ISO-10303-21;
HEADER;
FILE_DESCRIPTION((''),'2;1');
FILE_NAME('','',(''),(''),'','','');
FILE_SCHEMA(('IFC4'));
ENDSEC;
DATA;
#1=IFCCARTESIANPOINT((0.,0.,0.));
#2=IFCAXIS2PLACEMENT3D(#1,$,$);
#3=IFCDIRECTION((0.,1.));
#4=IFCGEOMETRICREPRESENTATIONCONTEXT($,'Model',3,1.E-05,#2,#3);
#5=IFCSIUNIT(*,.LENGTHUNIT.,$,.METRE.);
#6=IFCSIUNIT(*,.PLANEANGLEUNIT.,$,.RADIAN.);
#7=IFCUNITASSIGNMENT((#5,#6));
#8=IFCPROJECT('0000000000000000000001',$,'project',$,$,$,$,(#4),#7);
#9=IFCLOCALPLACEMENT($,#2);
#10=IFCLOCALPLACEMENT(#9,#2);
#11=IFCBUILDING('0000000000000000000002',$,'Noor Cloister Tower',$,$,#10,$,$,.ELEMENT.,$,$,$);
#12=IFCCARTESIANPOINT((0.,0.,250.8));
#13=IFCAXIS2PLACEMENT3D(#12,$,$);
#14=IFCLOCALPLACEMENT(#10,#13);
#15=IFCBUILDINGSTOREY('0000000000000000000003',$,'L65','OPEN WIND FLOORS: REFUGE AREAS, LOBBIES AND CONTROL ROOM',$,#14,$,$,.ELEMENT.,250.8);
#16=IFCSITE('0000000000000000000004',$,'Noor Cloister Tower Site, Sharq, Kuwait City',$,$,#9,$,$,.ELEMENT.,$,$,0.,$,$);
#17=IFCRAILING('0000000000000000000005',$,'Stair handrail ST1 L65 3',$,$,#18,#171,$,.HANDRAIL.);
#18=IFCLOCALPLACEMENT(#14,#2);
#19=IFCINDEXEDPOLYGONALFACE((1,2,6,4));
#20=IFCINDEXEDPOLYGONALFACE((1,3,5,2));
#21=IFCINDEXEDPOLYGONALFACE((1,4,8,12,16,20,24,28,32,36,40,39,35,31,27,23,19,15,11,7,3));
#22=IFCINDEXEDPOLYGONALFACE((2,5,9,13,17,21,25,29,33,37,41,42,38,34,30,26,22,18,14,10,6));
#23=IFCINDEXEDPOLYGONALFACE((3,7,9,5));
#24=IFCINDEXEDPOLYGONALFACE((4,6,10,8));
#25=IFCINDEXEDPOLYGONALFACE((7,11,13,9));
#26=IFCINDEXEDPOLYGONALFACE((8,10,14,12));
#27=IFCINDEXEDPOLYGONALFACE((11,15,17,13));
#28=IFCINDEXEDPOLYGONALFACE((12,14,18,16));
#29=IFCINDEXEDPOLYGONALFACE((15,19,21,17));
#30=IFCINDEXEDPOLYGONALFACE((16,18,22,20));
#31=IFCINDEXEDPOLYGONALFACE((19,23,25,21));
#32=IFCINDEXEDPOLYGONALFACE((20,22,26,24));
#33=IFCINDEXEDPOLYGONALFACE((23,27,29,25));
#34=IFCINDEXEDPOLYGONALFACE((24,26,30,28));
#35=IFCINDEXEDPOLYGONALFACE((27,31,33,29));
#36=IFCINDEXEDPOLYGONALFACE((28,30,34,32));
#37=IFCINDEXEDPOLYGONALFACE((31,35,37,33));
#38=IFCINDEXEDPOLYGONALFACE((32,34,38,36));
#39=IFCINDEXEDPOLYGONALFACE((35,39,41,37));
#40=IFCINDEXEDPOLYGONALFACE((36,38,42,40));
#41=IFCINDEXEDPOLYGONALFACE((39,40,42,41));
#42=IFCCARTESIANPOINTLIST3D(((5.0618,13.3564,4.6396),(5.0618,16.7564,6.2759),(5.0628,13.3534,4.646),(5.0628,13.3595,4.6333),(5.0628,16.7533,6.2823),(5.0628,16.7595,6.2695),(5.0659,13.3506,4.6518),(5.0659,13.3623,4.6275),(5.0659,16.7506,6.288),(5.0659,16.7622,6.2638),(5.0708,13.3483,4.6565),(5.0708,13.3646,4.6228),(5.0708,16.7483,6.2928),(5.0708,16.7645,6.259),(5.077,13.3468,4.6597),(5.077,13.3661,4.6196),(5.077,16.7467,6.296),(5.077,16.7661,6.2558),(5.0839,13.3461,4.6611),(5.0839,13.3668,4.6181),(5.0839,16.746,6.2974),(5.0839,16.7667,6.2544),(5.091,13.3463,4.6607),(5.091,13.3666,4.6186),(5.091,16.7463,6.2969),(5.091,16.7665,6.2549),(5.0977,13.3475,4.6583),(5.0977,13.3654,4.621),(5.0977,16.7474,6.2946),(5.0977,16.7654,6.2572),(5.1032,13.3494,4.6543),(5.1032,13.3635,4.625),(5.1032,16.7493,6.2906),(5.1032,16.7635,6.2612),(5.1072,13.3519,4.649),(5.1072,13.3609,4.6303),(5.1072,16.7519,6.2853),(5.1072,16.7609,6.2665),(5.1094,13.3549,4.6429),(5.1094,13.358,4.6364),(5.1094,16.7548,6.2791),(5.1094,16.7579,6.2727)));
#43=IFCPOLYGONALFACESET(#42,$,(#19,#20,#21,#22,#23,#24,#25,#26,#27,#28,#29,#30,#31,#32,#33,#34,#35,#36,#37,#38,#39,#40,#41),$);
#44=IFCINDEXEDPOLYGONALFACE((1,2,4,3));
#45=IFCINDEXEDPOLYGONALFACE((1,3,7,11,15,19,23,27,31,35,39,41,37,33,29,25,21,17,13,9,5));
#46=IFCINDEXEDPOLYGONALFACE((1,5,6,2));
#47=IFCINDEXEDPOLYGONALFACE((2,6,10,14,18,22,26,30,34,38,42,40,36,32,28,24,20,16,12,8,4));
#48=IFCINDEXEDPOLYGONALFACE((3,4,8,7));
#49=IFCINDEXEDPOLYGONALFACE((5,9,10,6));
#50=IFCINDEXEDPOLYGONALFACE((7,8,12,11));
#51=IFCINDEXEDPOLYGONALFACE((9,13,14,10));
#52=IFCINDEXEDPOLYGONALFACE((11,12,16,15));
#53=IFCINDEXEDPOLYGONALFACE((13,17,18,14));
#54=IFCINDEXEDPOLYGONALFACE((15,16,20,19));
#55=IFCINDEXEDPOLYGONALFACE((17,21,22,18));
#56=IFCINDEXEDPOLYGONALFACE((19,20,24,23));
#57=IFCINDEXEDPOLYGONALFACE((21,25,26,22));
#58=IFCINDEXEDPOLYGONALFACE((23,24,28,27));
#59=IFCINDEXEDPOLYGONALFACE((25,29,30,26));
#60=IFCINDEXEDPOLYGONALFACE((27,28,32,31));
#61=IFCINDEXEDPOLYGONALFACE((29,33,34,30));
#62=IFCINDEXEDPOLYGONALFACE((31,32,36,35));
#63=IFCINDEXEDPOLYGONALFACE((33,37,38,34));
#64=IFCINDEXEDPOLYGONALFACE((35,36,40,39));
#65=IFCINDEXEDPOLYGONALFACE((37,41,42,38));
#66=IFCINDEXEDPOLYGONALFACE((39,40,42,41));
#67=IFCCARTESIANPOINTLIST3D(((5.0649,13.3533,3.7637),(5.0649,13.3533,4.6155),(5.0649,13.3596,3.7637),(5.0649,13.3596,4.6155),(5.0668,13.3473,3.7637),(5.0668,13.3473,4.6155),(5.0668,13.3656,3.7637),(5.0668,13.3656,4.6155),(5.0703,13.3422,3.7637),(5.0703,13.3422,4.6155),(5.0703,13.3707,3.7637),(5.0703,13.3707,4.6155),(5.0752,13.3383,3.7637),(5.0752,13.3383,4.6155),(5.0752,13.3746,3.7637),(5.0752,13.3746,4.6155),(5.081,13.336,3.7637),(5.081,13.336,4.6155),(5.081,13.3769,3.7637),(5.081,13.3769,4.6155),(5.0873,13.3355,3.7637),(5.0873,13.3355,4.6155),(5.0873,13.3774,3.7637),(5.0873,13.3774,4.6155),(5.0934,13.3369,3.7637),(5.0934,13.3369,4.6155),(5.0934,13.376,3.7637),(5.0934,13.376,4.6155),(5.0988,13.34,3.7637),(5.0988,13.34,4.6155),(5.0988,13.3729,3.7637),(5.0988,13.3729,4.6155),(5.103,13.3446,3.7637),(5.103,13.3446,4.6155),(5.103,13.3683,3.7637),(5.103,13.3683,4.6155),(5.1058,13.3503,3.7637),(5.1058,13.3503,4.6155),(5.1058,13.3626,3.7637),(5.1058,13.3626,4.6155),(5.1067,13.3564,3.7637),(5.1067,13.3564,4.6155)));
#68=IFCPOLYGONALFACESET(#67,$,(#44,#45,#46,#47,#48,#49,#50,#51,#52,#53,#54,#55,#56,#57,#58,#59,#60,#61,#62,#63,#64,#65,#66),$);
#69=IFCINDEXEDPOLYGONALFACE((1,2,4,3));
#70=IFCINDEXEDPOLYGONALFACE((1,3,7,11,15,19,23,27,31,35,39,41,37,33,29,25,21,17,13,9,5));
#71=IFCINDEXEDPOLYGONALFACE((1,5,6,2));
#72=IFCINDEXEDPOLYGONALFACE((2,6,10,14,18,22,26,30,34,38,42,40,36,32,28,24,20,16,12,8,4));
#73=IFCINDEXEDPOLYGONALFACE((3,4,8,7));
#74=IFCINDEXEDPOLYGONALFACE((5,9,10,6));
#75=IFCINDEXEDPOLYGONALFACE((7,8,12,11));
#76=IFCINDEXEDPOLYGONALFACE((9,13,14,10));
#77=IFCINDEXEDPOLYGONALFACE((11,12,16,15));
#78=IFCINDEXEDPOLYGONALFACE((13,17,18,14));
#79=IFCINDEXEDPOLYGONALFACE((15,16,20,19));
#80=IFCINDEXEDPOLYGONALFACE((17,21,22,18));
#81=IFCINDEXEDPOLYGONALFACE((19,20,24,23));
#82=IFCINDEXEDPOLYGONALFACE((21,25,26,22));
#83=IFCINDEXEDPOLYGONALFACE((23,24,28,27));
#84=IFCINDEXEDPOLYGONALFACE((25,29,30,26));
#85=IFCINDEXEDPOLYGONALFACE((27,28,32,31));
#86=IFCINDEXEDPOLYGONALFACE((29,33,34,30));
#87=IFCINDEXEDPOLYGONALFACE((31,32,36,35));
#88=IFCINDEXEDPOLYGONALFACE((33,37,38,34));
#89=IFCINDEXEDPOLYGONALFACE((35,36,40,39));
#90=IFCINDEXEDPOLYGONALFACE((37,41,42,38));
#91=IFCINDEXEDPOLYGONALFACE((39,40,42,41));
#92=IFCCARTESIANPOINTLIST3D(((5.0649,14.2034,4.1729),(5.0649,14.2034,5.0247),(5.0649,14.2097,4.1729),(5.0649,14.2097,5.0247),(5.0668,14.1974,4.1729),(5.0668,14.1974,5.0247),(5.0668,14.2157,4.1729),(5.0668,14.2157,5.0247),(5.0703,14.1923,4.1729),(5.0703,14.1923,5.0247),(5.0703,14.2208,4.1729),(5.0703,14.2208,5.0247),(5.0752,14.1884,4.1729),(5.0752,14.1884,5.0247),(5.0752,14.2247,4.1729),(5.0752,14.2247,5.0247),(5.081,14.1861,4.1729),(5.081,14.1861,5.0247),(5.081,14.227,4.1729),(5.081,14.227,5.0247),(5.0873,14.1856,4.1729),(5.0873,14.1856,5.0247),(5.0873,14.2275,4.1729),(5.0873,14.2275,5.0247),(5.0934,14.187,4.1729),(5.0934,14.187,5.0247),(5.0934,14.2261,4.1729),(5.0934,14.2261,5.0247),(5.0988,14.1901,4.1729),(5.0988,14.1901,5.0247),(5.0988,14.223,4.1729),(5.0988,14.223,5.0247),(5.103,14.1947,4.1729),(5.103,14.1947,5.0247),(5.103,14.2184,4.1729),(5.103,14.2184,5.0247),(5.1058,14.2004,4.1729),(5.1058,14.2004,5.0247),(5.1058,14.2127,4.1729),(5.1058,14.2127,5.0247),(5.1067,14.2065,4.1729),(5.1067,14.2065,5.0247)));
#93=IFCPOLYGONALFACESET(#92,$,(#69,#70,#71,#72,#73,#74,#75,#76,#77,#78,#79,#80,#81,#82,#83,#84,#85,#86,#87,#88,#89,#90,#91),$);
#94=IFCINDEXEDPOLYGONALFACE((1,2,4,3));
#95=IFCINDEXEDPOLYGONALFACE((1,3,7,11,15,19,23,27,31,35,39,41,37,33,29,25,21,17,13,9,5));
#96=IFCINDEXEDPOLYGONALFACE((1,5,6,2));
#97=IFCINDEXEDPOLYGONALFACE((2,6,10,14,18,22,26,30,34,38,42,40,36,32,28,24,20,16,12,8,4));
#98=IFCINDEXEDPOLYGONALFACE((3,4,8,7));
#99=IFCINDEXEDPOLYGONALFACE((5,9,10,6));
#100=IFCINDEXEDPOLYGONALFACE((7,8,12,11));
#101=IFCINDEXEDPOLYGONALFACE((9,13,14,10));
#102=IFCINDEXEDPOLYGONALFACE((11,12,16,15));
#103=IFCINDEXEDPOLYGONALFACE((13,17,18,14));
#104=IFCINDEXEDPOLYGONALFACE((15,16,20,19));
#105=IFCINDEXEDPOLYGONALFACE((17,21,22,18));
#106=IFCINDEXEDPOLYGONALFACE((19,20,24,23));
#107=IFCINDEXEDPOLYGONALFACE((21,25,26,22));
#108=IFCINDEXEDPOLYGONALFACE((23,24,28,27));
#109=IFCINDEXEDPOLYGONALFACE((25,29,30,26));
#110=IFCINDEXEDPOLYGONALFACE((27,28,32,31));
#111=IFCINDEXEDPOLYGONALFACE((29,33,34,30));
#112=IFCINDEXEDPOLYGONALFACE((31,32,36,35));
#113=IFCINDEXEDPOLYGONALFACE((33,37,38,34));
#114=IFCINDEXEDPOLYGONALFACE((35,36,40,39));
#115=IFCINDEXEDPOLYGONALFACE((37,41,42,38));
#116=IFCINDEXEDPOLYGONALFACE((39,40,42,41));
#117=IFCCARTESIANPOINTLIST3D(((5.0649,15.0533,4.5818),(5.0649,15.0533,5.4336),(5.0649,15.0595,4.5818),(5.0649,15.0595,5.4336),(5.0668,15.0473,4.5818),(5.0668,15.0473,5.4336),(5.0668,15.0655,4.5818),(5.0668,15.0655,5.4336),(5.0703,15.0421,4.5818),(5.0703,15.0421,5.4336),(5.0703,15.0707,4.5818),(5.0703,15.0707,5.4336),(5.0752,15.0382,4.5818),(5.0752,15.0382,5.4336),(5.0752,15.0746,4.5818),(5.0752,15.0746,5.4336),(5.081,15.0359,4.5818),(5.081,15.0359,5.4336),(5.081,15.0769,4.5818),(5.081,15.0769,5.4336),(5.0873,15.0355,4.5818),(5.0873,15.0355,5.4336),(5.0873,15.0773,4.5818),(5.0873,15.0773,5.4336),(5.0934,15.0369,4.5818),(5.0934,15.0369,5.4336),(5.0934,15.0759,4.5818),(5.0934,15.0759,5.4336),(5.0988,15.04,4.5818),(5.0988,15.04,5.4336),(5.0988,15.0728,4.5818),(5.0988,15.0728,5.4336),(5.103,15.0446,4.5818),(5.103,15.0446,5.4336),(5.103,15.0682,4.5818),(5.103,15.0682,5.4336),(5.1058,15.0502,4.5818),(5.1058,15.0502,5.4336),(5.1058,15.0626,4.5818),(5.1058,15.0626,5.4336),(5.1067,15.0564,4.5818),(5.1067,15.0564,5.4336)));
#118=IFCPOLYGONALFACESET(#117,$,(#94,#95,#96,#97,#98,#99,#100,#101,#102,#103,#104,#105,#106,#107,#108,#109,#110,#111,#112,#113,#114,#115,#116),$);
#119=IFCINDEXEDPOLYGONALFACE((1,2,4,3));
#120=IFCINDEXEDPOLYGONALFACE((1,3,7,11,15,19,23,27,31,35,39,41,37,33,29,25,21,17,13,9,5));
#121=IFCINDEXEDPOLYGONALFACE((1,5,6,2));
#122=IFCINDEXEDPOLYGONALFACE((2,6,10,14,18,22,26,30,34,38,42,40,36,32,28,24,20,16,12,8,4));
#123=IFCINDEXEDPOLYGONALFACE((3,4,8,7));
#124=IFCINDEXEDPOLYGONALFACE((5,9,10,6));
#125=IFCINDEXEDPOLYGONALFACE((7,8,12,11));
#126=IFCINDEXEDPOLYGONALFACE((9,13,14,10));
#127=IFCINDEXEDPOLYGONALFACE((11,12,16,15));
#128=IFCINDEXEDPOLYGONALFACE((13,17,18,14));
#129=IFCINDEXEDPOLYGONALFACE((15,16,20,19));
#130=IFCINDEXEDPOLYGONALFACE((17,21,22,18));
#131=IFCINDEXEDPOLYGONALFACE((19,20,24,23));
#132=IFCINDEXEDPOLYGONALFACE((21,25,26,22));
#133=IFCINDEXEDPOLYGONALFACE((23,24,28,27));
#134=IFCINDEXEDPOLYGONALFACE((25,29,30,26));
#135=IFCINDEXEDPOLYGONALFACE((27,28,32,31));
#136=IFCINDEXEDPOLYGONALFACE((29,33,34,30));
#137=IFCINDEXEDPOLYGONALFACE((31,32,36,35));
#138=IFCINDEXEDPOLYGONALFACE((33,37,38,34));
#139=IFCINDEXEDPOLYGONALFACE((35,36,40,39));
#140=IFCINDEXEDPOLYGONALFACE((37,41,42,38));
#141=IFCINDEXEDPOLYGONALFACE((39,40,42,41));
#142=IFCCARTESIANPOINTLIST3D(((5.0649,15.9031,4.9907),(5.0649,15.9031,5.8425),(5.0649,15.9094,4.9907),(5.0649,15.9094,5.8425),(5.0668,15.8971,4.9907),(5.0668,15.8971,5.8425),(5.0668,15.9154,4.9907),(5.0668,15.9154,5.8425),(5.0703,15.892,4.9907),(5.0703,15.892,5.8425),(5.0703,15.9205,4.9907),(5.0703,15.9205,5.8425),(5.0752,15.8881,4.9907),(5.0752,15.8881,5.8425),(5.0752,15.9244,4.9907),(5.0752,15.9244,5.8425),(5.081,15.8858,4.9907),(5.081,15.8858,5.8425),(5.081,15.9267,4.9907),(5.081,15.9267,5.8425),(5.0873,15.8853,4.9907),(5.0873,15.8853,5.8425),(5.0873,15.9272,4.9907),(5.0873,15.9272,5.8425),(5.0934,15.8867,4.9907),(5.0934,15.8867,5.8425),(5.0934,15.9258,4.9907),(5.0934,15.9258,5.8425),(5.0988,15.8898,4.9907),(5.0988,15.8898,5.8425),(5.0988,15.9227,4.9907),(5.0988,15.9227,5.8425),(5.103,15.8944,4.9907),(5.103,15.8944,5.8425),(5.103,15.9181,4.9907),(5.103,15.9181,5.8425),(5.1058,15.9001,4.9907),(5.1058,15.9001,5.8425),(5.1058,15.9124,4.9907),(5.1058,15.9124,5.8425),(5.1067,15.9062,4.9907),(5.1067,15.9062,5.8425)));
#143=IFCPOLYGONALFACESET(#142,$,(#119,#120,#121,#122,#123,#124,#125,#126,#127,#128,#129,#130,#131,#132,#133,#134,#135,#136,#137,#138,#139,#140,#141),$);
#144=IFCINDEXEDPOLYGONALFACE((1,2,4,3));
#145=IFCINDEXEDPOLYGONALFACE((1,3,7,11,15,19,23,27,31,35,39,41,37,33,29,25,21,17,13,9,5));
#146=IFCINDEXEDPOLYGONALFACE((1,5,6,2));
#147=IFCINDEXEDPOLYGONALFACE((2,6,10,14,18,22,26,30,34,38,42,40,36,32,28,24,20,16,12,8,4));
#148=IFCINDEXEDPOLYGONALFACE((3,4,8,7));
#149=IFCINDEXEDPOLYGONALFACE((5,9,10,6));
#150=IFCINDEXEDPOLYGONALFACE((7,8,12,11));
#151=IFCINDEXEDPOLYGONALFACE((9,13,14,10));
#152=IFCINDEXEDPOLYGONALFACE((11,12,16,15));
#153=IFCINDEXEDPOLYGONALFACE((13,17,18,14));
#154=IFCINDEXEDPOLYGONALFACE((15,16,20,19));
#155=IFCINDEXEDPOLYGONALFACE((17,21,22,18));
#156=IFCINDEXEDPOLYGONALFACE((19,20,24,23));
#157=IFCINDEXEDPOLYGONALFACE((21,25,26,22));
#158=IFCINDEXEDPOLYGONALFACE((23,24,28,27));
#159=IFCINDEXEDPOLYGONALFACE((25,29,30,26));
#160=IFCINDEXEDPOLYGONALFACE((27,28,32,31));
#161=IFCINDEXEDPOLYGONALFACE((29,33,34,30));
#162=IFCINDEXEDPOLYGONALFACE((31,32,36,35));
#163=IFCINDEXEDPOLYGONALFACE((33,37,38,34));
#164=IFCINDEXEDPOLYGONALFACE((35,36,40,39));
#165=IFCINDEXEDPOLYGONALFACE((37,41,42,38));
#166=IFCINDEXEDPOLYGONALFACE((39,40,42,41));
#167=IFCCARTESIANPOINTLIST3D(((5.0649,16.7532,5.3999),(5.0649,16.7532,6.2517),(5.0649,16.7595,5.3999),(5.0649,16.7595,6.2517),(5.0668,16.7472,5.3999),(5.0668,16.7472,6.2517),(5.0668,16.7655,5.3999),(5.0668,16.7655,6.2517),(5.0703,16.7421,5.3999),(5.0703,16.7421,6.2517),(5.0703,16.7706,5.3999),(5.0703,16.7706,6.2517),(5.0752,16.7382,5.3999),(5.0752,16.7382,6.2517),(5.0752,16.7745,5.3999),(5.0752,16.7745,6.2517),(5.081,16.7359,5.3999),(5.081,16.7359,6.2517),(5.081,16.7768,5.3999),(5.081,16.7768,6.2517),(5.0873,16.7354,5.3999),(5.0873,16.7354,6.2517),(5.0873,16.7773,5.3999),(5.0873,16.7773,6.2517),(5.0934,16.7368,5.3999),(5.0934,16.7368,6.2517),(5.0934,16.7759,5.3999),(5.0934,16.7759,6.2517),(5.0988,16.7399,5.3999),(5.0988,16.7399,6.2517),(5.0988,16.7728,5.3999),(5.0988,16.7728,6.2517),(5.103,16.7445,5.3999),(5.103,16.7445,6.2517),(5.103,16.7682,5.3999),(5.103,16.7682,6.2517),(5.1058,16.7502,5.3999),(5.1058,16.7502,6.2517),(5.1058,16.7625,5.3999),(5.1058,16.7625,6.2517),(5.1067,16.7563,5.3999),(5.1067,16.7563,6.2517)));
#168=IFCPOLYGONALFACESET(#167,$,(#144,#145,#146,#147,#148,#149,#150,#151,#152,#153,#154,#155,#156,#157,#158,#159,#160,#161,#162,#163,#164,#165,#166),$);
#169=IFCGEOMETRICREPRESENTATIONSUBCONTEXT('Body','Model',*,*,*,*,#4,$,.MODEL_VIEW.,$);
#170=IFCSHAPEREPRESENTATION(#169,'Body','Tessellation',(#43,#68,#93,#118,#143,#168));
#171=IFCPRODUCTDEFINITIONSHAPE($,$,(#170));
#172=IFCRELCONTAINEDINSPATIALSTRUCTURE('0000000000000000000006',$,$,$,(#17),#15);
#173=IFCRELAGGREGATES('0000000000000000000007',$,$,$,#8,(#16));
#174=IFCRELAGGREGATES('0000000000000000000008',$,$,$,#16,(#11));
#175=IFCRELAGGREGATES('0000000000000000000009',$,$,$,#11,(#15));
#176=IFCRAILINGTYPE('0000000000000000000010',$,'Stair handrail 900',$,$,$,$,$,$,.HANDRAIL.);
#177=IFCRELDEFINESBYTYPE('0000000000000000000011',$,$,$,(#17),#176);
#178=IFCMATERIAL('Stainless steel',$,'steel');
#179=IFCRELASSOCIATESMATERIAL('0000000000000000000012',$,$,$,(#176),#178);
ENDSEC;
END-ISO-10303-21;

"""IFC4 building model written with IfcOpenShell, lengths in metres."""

from ifc_helpers import new_model, si_unit, direction, frame, origin, origin_2d, place, context, subcontext, project, spatial, circle, extrude, material, type_object, element, save


model = new_model("IFC4")

# Units and contexts
model_context = context("Model", 3, precision=1e-05, world=origin(), true_north=direction((0.0, 1.0)))
body_context = subcontext(model_context, "Body", "Model", "MODEL_VIEW")
ifc_project = project(units=[si_unit("LENGTHUNIT", "METRE"), si_unit("PLANEANGLEUNIT", "RADIAN")], contexts=[model_context])

# Site, building, storey
site_placement = place(None, origin())
site = spatial("IfcSite", under=ifc_project, at=site_placement, Name="Noor Cloister Tower Site, Sharq, Kuwait City", CompositionType="ELEMENT", RefElevation=0.0)
building_placement = place(site_placement, origin())
building = spatial("IfcBuilding", under=site, at=building_placement, Name="Noor Cloister Tower", CompositionType="ELEMENT")
storey_placement = place(building_placement, frame((0.0, 0.0, 250.8)))
storey = spatial("IfcBuildingStorey", under=building, at=storey_placement, Name="L65", Description="OPEN WIND FLOORS: REFUGE AREAS, LOBBIES AND CONTROL ROOM", CompositionType="ELEMENT", Elevation=250.8)

# Railing
ifc_material_1 = material(Name="Stainless steel", Category="steel")
railing_type_1 = type_object("IfcRailingType", Name="Stair handrail 900", PredefinedType="HANDRAIL", material=ifc_material_1)
railing_1_placement = place(storey_placement, frame((5.0857, 13.3564, 3.7637)))
element("IfcRailing", 1, at=railing_1_placement, inside=storey, type_object=railing_type_1, Name="Stair handrail ST1 L65 3", PredefinedType="HANDRAIL", context=body_context, shape_type="SweptSolid", body=[
    extrude(circle(Radius=0.0239, at=origin_2d()), frame((0.0, 0.0, 0.876), z_axis=(0.0, 0.90108, 0.433652), x_axis=(-1.0, 0.0, 0.0)), (0.0, 0.0, 1.0), 3.7732),
    extrude(circle(Radius=0.021, at=origin_2d()), origin(), (0.0, 0.0, 1.0), 0.8518),
    extrude(circle(Radius=0.021, at=origin_2d()), frame((0.0, 0.8501, 0.4092)), (0.0, 0.0, 1.0), 0.8518),
    extrude(circle(Radius=0.021, at=origin_2d()), frame((0.0, 1.7, 0.8181)), (0.0, 0.0, 1.0), 0.8518),
    extrude(circle(Radius=0.021, at=origin_2d()), frame((0.0, 2.5498, 1.2271)), (0.0, 0.0, 1.0), 0.8518),
    extrude(circle(Radius=0.021, at=origin_2d()), frame((0.0, 3.3999, 1.6362)), (0.0, 0.0, 1.0), 0.8518),
])

save(model, "model.ifc")
